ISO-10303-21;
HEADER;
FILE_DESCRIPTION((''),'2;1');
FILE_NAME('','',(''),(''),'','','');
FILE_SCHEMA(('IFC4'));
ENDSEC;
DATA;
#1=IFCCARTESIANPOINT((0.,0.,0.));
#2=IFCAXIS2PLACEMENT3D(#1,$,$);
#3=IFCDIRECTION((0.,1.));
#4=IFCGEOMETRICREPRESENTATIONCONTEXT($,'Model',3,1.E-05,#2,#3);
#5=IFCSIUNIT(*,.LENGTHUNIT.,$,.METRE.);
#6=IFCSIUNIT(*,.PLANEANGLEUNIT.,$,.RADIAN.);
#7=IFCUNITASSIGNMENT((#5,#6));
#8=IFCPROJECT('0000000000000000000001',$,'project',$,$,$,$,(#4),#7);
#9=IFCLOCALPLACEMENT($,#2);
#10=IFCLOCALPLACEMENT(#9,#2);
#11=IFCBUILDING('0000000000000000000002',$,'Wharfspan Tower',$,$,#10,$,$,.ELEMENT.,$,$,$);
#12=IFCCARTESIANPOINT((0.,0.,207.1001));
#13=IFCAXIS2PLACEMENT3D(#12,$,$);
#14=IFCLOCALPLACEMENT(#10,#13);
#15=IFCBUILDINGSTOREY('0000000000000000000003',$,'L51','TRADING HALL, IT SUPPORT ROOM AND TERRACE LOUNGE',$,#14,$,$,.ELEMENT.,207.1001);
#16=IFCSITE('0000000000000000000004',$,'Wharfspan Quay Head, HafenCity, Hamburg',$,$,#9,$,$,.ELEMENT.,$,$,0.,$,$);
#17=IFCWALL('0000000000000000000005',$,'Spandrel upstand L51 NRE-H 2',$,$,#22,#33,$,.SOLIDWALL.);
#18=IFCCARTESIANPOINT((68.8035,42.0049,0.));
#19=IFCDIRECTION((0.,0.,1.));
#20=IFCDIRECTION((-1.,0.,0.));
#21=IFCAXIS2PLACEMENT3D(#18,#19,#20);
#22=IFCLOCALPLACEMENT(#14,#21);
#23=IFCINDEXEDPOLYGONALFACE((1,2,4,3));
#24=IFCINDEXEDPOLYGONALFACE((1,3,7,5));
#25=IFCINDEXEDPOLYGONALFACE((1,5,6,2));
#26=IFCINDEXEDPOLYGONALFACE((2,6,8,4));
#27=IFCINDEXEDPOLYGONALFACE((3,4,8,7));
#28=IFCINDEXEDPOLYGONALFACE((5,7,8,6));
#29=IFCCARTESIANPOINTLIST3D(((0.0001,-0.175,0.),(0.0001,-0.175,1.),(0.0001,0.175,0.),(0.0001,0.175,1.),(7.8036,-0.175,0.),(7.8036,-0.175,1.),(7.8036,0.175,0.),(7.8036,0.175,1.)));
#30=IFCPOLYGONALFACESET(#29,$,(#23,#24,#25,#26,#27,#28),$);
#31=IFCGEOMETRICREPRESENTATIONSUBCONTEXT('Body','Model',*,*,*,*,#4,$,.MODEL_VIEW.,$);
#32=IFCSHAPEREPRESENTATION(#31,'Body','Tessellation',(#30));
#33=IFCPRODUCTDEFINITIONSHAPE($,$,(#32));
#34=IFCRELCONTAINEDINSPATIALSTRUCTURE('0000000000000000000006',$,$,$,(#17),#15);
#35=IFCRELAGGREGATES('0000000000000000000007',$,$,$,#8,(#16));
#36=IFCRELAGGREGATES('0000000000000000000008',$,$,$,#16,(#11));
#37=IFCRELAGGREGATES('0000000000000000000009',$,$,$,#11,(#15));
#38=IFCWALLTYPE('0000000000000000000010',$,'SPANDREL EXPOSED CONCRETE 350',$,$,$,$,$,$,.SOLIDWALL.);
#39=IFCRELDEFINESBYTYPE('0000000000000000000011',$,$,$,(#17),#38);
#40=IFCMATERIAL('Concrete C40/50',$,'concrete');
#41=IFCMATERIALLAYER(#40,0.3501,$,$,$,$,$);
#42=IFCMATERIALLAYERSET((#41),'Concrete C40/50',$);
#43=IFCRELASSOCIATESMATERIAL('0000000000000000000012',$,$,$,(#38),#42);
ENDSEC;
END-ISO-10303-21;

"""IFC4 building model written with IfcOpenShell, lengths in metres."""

from ifc_helpers import new_model, si_unit, direction, frame, frame_2d, origin, place, context, subcontext, project, spatial, rectangle, extrude, material, layer, layer_set, type_object, element, save


model = new_model("IFC4")

# Units and contexts
model_context = context("Model", 3, precision=1e-05, world=origin(), true_north=direction((0.0, 1.0)))
body_context = subcontext(model_context, "Body", "Model", "MODEL_VIEW")
ifc_project = project(units=[si_unit("LENGTHUNIT", "METRE"), si_unit("PLANEANGLEUNIT", "RADIAN")], contexts=[model_context])

# Site, building, storey
site_placement = place(None, origin())
site = spatial("IfcSite", under=ifc_project, at=site_placement, Name="Wharfspan Quay Head, HafenCity, Hamburg", CompositionType="ELEMENT", RefElevation=0.0)
building_placement = place(site_placement, origin())
building = spatial("IfcBuilding", under=site, at=building_placement, Name="Wharfspan Tower", CompositionType="ELEMENT")
storey_placement = place(building_placement, frame((0.0, 0.0, 207.1001)))
storey = spatial("IfcBuildingStorey", under=building, at=storey_placement, Name="L51", Description="TRADING HALL, IT SUPPORT ROOM AND TERRACE LOUNGE", CompositionType="ELEMENT", Elevation=207.1001)

# Wall
ifc_material_1 = material(Name="Concrete C40/50", Category="concrete")
ifc_layer_1 = layer(ifc_material_1, 0.3501)
ifc_layer_set_1 = layer_set([ifc_layer_1], Name="Concrete C40/50")
wall_type_1 = type_object("IfcWallType", Name="SPANDREL EXPOSED CONCRETE 350", PredefinedType="SOLIDWALL", material=ifc_layer_set_1)
wall_1_placement = place(storey_placement, frame((68.8035, 42.0049, 0.0), z_axis=(0.0, 0.0, 1.0), x_axis=(-1.0, 0.0, 0.0)))
element("IfcWall", 1, at=wall_1_placement, inside=storey, type_object=wall_type_1, Name="Spandrel upstand L51 NRE-H 2", PredefinedType="SOLIDWALL", context=body_context, shape_type="SweptSolid", body=[
    extrude(rectangle(XDim=7.8035, YDim=0.3501, at=frame_2d((3.9019, 0.0))), origin(), (0.0, 0.0, 1.0), 1.0),
])

save(model, "model.ifc")
